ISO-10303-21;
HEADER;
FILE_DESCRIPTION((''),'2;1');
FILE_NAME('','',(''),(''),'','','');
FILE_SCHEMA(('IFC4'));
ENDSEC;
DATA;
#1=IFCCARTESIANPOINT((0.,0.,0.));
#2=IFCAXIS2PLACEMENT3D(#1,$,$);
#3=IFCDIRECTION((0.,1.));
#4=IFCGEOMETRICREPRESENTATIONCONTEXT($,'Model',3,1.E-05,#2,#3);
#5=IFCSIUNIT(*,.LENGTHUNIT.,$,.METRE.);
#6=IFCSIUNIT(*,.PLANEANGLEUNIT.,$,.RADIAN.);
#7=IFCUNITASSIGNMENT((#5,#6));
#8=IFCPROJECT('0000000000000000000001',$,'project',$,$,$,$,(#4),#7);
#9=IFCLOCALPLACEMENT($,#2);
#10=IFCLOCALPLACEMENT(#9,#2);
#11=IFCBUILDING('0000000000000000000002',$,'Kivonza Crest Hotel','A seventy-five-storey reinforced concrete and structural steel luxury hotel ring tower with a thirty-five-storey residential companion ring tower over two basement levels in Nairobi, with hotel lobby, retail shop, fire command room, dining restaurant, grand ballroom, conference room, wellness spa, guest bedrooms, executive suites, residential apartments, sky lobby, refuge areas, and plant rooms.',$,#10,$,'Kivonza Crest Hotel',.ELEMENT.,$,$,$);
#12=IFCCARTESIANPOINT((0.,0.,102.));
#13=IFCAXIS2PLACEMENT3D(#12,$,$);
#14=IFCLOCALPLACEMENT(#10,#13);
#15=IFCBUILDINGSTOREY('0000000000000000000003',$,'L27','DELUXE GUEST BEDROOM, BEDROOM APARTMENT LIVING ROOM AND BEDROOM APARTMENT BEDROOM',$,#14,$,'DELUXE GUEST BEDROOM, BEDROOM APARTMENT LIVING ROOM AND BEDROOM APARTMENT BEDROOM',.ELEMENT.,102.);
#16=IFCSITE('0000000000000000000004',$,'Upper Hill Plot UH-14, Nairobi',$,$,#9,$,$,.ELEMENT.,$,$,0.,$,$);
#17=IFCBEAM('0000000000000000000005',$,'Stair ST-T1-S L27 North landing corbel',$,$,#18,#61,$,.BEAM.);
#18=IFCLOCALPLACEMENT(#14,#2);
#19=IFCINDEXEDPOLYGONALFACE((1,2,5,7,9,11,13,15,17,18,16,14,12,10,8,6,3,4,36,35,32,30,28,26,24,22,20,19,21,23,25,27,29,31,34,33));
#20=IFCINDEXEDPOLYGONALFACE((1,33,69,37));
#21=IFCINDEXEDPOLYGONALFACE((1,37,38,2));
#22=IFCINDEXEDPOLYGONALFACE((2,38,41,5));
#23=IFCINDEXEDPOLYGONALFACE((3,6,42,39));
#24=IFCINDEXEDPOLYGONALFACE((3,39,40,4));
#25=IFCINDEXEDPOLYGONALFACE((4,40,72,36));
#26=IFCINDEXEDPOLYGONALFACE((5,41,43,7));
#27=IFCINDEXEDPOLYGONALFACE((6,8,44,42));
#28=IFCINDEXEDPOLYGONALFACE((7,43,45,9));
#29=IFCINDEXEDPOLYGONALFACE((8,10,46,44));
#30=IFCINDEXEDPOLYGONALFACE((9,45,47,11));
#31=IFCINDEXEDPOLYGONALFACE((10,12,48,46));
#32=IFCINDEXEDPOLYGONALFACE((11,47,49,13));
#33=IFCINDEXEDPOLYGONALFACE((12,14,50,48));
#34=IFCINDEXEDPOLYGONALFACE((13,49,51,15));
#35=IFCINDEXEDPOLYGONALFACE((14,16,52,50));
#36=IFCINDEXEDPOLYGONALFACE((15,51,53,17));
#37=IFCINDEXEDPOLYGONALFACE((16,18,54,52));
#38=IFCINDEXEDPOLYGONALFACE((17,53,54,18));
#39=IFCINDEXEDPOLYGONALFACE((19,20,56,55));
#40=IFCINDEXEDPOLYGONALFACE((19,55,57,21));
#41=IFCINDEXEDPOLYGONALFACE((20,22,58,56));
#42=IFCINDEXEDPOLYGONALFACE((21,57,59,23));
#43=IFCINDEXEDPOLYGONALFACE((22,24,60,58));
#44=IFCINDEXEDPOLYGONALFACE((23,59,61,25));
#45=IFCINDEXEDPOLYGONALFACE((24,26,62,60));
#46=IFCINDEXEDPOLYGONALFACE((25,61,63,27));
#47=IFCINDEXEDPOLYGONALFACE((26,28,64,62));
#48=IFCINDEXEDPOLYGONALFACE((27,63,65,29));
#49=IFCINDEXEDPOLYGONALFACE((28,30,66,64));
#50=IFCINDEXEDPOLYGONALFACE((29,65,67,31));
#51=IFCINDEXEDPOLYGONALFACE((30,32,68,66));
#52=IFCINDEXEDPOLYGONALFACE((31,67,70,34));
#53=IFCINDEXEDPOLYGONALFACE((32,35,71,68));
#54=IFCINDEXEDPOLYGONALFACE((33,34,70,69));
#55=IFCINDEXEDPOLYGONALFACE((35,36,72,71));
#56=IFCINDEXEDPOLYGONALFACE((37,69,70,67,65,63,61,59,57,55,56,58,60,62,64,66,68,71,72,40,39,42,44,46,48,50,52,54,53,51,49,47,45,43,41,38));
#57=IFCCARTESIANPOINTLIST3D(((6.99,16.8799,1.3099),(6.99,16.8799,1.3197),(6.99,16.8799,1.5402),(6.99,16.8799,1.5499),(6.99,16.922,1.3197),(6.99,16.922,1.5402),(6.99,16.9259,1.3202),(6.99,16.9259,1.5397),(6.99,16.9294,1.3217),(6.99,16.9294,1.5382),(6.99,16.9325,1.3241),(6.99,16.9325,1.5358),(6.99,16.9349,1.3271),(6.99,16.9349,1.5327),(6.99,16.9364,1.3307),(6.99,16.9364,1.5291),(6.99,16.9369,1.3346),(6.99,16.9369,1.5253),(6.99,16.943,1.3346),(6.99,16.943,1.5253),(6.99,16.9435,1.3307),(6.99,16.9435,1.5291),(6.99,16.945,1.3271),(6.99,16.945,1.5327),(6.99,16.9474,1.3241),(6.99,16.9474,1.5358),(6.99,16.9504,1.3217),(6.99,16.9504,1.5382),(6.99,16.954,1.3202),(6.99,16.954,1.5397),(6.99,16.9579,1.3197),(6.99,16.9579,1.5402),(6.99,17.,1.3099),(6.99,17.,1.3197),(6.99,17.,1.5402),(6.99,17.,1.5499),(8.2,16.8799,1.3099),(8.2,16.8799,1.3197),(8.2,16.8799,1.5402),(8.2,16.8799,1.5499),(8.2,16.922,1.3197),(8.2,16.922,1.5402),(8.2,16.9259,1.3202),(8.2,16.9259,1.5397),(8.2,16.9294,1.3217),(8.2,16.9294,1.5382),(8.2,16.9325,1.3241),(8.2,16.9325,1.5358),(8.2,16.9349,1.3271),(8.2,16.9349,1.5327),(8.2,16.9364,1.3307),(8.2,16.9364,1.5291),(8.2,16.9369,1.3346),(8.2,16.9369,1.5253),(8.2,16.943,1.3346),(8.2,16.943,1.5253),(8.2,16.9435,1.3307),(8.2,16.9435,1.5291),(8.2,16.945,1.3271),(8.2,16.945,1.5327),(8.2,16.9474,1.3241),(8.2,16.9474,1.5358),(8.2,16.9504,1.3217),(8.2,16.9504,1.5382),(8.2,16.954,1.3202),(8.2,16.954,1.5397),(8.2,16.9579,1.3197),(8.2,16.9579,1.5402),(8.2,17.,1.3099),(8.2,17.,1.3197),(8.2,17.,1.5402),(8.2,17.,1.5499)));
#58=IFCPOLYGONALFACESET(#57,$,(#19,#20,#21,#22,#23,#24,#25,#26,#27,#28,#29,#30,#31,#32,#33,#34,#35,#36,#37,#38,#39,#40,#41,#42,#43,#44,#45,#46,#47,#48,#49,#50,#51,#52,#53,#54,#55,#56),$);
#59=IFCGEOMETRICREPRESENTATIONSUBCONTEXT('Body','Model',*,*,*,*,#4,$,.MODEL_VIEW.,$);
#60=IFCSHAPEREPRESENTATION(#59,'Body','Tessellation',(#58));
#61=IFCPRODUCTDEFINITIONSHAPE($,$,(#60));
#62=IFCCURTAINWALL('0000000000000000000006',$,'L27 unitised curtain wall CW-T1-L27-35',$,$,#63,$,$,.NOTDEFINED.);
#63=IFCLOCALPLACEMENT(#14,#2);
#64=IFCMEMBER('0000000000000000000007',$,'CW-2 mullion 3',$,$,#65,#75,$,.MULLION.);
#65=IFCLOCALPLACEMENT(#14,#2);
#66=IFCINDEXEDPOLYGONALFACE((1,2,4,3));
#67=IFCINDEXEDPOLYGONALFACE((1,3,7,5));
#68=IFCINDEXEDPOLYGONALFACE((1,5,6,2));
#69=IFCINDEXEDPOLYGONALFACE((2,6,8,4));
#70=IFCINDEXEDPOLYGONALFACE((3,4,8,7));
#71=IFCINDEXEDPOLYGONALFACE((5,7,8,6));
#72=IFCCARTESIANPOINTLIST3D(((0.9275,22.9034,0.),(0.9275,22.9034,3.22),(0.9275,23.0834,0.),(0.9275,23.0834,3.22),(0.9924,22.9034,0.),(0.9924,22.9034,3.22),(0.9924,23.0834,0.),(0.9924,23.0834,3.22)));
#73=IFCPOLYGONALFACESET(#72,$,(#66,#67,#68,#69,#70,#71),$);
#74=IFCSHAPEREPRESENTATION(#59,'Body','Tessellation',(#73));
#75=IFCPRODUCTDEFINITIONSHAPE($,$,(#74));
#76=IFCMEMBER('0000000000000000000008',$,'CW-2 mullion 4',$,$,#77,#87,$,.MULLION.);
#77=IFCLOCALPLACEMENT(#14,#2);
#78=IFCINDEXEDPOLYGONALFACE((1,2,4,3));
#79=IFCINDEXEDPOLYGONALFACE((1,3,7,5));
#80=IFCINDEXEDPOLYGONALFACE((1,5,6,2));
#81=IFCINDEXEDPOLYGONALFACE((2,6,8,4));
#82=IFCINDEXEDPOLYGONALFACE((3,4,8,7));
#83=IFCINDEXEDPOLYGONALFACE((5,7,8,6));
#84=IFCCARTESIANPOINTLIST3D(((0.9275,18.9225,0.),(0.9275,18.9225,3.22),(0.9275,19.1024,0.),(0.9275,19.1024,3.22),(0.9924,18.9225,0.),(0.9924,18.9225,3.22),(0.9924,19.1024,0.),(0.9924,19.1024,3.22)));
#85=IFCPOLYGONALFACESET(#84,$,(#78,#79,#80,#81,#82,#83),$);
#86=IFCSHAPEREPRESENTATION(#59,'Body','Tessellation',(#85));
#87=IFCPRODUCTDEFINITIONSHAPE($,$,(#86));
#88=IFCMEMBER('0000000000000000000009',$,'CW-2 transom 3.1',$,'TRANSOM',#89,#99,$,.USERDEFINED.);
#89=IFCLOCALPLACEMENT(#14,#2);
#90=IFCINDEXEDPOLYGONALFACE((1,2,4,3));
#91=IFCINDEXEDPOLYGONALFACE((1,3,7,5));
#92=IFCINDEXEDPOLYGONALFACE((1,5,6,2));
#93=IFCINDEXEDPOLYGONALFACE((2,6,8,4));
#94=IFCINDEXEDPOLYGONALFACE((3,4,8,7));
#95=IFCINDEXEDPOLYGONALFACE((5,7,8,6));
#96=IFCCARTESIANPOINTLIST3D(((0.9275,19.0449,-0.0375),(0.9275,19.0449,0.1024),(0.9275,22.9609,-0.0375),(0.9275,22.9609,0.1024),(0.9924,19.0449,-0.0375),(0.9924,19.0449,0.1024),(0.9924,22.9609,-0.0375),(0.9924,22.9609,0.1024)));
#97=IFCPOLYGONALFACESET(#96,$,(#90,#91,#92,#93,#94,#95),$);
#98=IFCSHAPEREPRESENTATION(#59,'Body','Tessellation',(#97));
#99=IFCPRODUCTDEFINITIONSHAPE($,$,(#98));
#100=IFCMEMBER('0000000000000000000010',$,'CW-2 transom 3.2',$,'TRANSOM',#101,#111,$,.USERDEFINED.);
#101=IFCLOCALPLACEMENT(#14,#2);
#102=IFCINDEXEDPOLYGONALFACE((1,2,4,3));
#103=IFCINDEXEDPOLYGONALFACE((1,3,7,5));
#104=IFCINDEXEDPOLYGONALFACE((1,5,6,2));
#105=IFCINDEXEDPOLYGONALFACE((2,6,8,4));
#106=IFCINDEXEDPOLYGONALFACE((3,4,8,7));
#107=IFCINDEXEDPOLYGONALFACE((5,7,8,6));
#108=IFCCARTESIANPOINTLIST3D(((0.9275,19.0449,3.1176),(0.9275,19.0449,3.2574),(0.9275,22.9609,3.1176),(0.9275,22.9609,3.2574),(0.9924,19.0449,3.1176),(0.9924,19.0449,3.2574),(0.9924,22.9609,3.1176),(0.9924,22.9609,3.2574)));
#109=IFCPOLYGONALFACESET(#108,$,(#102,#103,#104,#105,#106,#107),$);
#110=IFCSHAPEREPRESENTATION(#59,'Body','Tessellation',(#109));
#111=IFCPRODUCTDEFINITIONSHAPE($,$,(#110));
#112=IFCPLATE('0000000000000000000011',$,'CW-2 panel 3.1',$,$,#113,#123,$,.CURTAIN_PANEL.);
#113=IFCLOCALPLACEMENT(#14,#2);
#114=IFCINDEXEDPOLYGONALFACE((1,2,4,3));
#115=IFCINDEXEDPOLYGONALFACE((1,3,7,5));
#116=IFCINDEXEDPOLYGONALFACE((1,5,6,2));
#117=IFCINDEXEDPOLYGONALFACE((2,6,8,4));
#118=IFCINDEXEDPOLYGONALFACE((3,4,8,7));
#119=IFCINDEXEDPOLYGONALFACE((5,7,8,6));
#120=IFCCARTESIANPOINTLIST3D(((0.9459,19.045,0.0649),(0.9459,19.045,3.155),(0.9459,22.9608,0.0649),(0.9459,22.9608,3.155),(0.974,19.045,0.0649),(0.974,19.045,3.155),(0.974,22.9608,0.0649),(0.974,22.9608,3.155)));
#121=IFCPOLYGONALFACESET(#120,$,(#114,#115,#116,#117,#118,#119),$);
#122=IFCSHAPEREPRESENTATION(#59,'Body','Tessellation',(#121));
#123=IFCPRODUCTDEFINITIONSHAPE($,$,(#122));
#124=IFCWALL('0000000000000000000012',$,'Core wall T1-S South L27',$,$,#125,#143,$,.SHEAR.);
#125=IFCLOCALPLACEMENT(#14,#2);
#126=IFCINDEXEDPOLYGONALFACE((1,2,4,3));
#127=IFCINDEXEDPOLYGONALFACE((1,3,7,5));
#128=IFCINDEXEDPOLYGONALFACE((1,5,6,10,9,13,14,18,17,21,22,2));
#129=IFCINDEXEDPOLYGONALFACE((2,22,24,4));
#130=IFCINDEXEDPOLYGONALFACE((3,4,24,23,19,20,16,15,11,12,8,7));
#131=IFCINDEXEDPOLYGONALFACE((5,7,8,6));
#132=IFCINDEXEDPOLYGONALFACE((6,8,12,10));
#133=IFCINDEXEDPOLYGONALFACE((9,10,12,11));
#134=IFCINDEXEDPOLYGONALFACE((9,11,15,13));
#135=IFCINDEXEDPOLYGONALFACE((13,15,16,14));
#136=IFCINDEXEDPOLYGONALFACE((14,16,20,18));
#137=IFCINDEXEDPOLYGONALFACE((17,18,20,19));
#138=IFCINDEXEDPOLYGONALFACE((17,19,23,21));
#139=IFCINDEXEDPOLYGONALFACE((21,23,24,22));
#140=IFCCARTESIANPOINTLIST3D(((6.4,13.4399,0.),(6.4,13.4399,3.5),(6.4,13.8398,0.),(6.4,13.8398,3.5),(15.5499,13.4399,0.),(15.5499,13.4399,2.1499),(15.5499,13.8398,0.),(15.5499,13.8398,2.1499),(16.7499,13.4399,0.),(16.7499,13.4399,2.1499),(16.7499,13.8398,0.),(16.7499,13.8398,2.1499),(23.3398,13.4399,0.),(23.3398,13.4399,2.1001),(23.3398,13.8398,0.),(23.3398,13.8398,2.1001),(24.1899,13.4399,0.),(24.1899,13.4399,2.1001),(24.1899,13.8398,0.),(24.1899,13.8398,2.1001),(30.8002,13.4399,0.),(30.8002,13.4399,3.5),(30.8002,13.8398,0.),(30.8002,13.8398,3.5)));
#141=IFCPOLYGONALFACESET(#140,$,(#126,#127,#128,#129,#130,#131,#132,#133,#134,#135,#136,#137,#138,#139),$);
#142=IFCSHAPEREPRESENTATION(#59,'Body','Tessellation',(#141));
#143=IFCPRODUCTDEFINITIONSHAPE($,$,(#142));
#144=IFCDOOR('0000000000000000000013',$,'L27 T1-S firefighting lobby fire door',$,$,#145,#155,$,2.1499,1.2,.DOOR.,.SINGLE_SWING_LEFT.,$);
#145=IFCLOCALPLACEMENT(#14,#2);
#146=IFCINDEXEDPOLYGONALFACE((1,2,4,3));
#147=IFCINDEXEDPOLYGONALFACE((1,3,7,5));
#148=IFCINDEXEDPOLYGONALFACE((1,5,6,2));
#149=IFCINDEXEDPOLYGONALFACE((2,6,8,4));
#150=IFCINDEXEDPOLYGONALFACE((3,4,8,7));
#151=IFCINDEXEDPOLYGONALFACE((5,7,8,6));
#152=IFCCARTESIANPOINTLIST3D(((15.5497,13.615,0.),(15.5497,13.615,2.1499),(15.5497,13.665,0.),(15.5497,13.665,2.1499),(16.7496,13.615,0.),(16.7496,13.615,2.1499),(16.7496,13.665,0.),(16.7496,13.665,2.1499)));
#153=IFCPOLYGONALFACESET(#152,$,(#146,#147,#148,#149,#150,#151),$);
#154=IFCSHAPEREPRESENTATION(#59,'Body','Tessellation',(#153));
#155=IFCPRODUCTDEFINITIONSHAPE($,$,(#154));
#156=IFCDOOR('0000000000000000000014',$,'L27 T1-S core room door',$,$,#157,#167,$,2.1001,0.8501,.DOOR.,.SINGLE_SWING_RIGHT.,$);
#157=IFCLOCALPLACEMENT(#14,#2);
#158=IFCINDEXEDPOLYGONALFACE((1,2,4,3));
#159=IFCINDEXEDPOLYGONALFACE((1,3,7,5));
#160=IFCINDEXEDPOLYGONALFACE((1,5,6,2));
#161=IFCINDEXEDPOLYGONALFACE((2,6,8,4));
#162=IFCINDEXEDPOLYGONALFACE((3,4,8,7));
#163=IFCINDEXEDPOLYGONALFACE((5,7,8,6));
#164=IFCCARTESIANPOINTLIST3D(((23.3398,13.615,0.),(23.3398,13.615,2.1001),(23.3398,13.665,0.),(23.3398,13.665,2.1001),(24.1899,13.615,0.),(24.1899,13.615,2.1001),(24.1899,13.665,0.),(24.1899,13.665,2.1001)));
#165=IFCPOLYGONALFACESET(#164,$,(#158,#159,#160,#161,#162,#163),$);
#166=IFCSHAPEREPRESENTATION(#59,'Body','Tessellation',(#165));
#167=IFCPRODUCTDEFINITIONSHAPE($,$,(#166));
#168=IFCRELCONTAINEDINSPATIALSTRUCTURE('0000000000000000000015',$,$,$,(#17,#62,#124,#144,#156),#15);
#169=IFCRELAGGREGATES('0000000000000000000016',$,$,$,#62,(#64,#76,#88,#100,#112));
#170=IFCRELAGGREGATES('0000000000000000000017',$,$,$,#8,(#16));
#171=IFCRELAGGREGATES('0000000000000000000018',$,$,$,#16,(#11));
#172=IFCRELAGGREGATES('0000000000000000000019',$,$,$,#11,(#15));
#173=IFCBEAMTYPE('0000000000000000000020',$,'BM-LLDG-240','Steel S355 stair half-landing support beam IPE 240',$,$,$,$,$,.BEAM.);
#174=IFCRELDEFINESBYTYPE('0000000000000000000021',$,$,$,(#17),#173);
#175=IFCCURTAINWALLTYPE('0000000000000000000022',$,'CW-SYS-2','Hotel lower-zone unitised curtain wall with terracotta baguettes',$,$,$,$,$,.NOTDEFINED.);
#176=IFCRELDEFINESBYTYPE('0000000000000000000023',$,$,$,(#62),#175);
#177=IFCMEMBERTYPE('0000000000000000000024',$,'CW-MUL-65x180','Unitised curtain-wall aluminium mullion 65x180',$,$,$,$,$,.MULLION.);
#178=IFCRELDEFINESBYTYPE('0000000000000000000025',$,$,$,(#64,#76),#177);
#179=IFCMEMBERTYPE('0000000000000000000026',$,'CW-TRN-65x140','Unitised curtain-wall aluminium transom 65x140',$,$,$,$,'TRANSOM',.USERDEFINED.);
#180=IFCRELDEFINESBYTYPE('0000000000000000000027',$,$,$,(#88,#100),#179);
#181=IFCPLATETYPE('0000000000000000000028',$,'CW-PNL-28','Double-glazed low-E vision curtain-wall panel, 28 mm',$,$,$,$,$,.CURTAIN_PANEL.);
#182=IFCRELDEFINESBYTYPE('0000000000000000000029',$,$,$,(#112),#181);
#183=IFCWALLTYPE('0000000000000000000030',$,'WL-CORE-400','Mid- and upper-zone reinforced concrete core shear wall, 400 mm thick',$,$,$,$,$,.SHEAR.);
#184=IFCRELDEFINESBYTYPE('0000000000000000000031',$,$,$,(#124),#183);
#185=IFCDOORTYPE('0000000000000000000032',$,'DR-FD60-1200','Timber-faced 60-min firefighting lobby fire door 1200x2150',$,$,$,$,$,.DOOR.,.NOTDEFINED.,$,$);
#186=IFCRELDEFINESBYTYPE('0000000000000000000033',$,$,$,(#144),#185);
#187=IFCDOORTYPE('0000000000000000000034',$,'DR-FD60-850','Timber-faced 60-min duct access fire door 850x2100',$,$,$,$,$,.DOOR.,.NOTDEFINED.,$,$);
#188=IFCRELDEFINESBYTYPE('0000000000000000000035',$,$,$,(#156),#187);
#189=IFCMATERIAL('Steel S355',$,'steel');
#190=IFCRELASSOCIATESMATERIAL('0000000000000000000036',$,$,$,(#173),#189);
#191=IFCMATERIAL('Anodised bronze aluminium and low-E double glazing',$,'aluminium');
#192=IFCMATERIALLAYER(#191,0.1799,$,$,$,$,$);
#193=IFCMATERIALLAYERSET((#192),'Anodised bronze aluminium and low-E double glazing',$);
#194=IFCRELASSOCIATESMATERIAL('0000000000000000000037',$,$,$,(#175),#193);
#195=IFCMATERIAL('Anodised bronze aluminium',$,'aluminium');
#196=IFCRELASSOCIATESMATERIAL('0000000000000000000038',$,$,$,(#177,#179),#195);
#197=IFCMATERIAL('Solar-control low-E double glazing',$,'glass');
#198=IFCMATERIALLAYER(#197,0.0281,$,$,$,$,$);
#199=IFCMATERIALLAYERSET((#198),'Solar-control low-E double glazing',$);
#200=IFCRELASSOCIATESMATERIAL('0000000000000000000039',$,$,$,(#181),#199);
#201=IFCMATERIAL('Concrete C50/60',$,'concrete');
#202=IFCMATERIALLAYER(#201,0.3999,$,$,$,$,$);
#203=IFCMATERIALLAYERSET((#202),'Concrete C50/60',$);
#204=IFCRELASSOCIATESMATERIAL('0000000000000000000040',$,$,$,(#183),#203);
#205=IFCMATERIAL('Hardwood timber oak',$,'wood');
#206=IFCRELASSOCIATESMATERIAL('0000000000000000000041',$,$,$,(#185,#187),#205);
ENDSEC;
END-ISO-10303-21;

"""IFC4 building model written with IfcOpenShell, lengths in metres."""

from ifc_helpers import new_model, si_unit, direction, frame, frame_2d, origin, origin_2d, place, context, subcontext, project, spatial, rectangle, i_section, extrude, material, layer, layer_set, material_profile, profile_set, type_object, element, fill, aggregate, save


model = new_model("IFC4")

# Units and contexts
model_context = context("Model", 3, precision=1e-05, world=origin(), true_north=direction((0.0, 1.0)))
body_context = subcontext(model_context, "Body", "Model", "MODEL_VIEW")
ifc_project = project(units=[si_unit("LENGTHUNIT", "METRE"), si_unit("PLANEANGLEUNIT", "RADIAN")], contexts=[model_context])

# Site, building, storey
site_placement = place(None, origin())
site = spatial("IfcSite", under=ifc_project, at=site_placement, Name="Upper Hill Plot UH-14, Nairobi", CompositionType="ELEMENT", RefElevation=0.0)
building_placement = place(site_placement, origin())
building = spatial("IfcBuilding", under=site, at=building_placement, Name="Kivonza Crest Hotel", Description="A seventy-five-storey reinforced concrete and structural steel luxury hotel ring tower with a thirty-five-storey residential companion ring tower over two basement levels in Nairobi, with hotel lobby, retail shop, fire command room, dining restaurant, grand ballroom, conference room, wellness spa, guest bedrooms, executive suites, residential apartments, sky lobby, refuge areas, and plant rooms.", LongName="Kivonza Crest Hotel", CompositionType="ELEMENT")
storey_placement = place(building_placement, frame((0.0, 0.0, 102.0)))
storey = spatial("IfcBuildingStorey", under=building, at=storey_placement, Name="L27", Description="DELUXE GUEST BEDROOM, BEDROOM APARTMENT LIVING ROOM AND BEDROOM APARTMENT BEDROOM", LongName="DELUXE GUEST BEDROOM, BEDROOM APARTMENT LIVING ROOM AND BEDROOM APARTMENT BEDROOM", CompositionType="ELEMENT", Elevation=102.0)

# Shared definitions
ifc_material_1 = material(Name="Concrete C50/60", Category="concrete")

# Beam
ifc_material_2 = material(Name="Steel S355", Category="steel")
ifc_material_profile_1 = material_profile(ifc_material_2, i_section(OverallWidth=0.1201, OverallDepth=0.24, WebThickness=0.0061, FlangeThickness=0.0098, FilletRadius=0.0149, at=origin_2d()), Name="IPE 240")
ifc_profile_set_1 = profile_set([ifc_material_profile_1], Name="Steel S355")
beam_type_1 = type_object("IfcBeamType", Name="BM-LLDG-240", Description="Steel S355 stair half-landing support beam IPE 240", PredefinedType="BEAM", material=ifc_profile_set_1)
for number, where, z_axis, x_axis, name in (
    (1, (6.99, 16.9399, 1.4299), (1.0, 0.0, 0.0), (0.0, 1.0, 0.0), "Stair ST-T1-S L27 North landing corbel"),
):
    element("IfcBeam", number, at=place(storey_placement, frame(where, z_axis=z_axis, x_axis=x_axis)), inside=storey, type_object=beam_type_1, Name=name, PredefinedType="BEAM", context=body_context, shape_type="SweptSolid", body=[
        extrude(i_section(OverallWidth=0.1201, OverallDepth=0.24, WebThickness=0.0061, FlangeThickness=0.0098, FilletRadius=0.0149, at=origin_2d()), origin(), (0.0, 0.0, 1.0), 1.21),
    ])

# Curtain wall, members, plate
ifc_material_3 = material(Name="Anodised bronze aluminium and low-E double glazing", Category="aluminium")
ifc_layer_1 = layer(ifc_material_3, 0.1799)
ifc_layer_set_1 = layer_set([ifc_layer_1], Name="Anodised bronze aluminium and low-E double glazing")
curtain_wall_type = type_object("IfcCurtainWallType", Name="CW-SYS-2", Description="Hotel lower-zone unitised curtain wall with terracotta baguettes", PredefinedType="NOTDEFINED", material=ifc_layer_set_1)
curtain_wall_placement = place(storey_placement, origin())
curtain_wall = element("IfcCurtainWall", 2, at=curtain_wall_placement, inside=storey, type_object=curtain_wall_type, Name="L27 unitised curtain wall CW-T1-L27-35", PredefinedType="NOTDEFINED")
ifc_material_4 = material(Name="Anodised bronze aluminium", Category="aluminium")
ifc_material_profile_2 = material_profile(ifc_material_4, rectangle(XDim=0.0649, YDim=0.1799, at=origin_2d()), Name="CW-M 65x180")
ifc_profile_set_2 = profile_set([ifc_material_profile_2], Name="Anodised bronze aluminium")
member_type_1 = type_object("IfcMemberType", Name="CW-MUL-65x180", Description="Unitised curtain-wall aluminium mullion 65x180", PredefinedType="MULLION", material=ifc_profile_set_2)
member_1_placement = place(storey_placement, frame((0.96, 22.9934, 0.0), z_axis=(0.0, 0.0, 1.0), x_axis=(1.0, 0.0, 0.0)))
member_1 = element("IfcMember", 3, at=member_1_placement, type_object=member_type_1, Name="CW-2 mullion 3", PredefinedType="MULLION", context=body_context, shape_type="SweptSolid", body=[
    extrude(rectangle(XDim=0.0649, YDim=0.1799, at=origin_2d()), origin(), (0.0, 0.0, 1.0), 3.22),
])
member_2_placement = place(storey_placement, frame((0.96, 19.0125, 0.0), z_axis=(0.0, 0.0, 1.0), x_axis=(1.0, 0.0, 0.0)))
member_2 = element("IfcMember", 4, at=member_2_placement, type_object=member_type_1, Name="CW-2 mullion 4", PredefinedType="MULLION", context=body_context, shape_type="SweptSolid", body=[
    extrude(rectangle(XDim=0.0649, YDim=0.1799, at=origin_2d()), origin(), (0.0, 0.0, 1.0), 3.22),
])
ifc_material_profile_3 = material_profile(ifc_material_4, rectangle(XDim=0.0649, YDim=0.1399, at=origin_2d()), Name="CW-T 65x140")
ifc_profile_set_3 = profile_set([ifc_material_profile_3], Name="Anodised bronze aluminium")
member_type_2 = type_object("IfcMemberType", Name="CW-TRN-65x140", Description="Unitised curtain-wall aluminium transom 65x140", ElementType="TRANSOM", PredefinedType="USERDEFINED", material=ifc_profile_set_3)
member_3_placement = place(storey_placement, frame((0.96, 22.9609, 0.0325), z_axis=(0.0, -1.0, 0.0), x_axis=(1.0, 0.0, 0.0)))
member_3 = element("IfcMember", 5, at=member_3_placement, type_object=member_type_2, Name="CW-2 transom 3.1", ObjectType="TRANSOM", PredefinedType="USERDEFINED", context=body_context, shape_type="SweptSolid", body=[
    extrude(rectangle(XDim=0.0649, YDim=0.1399, at=origin_2d()), origin(), (0.0, 0.0, 1.0), 3.916),
])
member_4_placement = place(storey_placement, frame((0.96, 22.9609, 3.1875), z_axis=(0.0, -1.0, 0.0), x_axis=(1.0, 0.0, 0.0)))
member_4 = element("IfcMember", 6, at=member_4_placement, type_object=member_type_2, Name="CW-2 transom 3.2", ObjectType="TRANSOM", PredefinedType="USERDEFINED", context=body_context, shape_type="SweptSolid", body=[
    extrude(rectangle(XDim=0.0649, YDim=0.1399, at=origin_2d()), origin(), (0.0, 0.0, 1.0), 3.916),
])
ifc_material_5 = material(Name="Solar-control low-E double glazing", Category="glass")
ifc_layer_2 = layer(ifc_material_5, 0.0281)
ifc_layer_set_2 = layer_set([ifc_layer_2], Name="Solar-control low-E double glazing")
plate_type = type_object("IfcPlateType", Name="CW-PNL-28", Description="Double-glazed low-E vision curtain-wall panel, 28 mm", PredefinedType="CURTAIN_PANEL", material=ifc_layer_set_2)
plate_placement = place(storey_placement, frame((0.96, 21.0029, 0.0649), z_axis=(0.0, 0.0, 1.0), x_axis=(0.0, -1.0, 0.0)))
plate = element("IfcPlate", 7, at=plate_placement, type_object=plate_type, Name="CW-2 panel 3.1", PredefinedType="CURTAIN_PANEL", context=body_context, shape_type="SweptSolid", body=[
    extrude(rectangle(XDim=3.9158, YDim=0.0281, at=origin_2d()), origin(), (0.0, 0.0, 1.0), 3.0901),
])
aggregate(curtain_wall, [member_1, member_2, member_3, member_4, plate])

# Wall, openings, doors
ifc_layer_3 = layer(ifc_material_1, 0.3999)
ifc_layer_set_3 = layer_set([ifc_layer_3], Name="Concrete C50/60")
wall_type_1 = type_object("IfcWallType", Name="WL-CORE-400", Description="Mid- and upper-zone reinforced concrete core shear wall, 400 mm thick", PredefinedType="SHEAR", material=ifc_layer_set_3)
wall_1_placement = place(storey_placement, frame((6.3999, 13.6399, 0.0), z_axis=(0.0, 0.0, 1.0), x_axis=(1.0, 0.0, 0.0)))
wall_1 = element("IfcWall", 8, at=wall_1_placement, inside=storey, type_object=wall_type_1, Name="Core wall T1-S South L27", PredefinedType="SHEAR", context=body_context, shape_type="SweptSolid", body=[
    extrude(rectangle(XDim=24.4001, YDim=0.3999, at=frame_2d((12.2002, 0.0))), origin(), (0.0, 0.0, 1.0), 3.5),
])
opening_1_placement = place(wall_1_placement, frame((9.1499, 0.0, 0.0)))
opening_1 = element("IfcOpeningElement", 9, at=opening_1_placement, cuts=wall_1, PredefinedType="OPENING", context=body_context, shape_type="SweptSolid", body=[
    extrude(rectangle(XDim=1.2, YDim=2.1499, at=frame_2d((0.6001, 1.075))), frame((0.0, 0.21, 0.0), z_axis=(0.0, -1.0, 0.0), x_axis=(1.0, 0.0, 0.0)), (0.0, 0.0, 1.0), 0.4199),
])
opening_2_placement = place(wall_1_placement, frame((16.9399, 0.0, 0.0)))
opening_2 = element("IfcOpeningElement", 10, at=opening_2_placement, cuts=wall_1, PredefinedType="OPENING", context=body_context, shape_type="SweptSolid", body=[
    extrude(rectangle(XDim=0.8501, YDim=2.1001, at=frame_2d((0.425, 1.05))), frame((0.0, 0.21, 0.0), z_axis=(0.0, -1.0, 0.0), x_axis=(1.0, 0.0, 0.0)), (0.0, 0.0, 1.0), 0.4199),
])
ifc_material_6 = material(Name="Hardwood timber oak", Category="wood")
door_type_1 = type_object("IfcDoorType", Name="DR-FD60-1200", Description="Timber-faced 60-min firefighting lobby fire door 1200x2150", OperationType="NOTDEFINED", PredefinedType="DOOR", material=ifc_material_6)
door_1_placement = place(opening_1_placement, frame((1.2, 0.0, 0.0), z_axis=(0.0, 0.0, 1.0), x_axis=(-1.0, 0.0, 0.0)))
door_1 = element("IfcDoor", 11, at=door_1_placement, inside=storey, type_object=door_type_1, Name="L27 T1-S firefighting lobby fire door", OperationType="SINGLE_SWING_LEFT", OverallHeight=2.1499, OverallWidth=1.2, PredefinedType="DOOR", context=body_context, shape_type="SweptSolid", body=[
    extrude(rectangle(XDim=1.2, YDim=2.1499, at=frame_2d((0.6001, 1.075))), frame((0.0, 0.0249, 0.0), z_axis=(0.0, -1.0, 0.0), x_axis=(1.0, 0.0, 0.0)), (0.0, 0.0, 1.0), 0.05),
])
fill(opening_1, door_1)
door_type_2 = type_object("IfcDoorType", Name="DR-FD60-850", Description="Timber-faced 60-min duct access fire door 850x2100", OperationType="NOTDEFINED", PredefinedType="DOOR", material=ifc_material_6)
door_2_placement = place(opening_2_placement, frame((0.8501, 0.0, 0.0), z_axis=(0.0, 0.0, 1.0), x_axis=(-1.0, 0.0, 0.0)))
door_2 = element("IfcDoor", 12, at=door_2_placement, inside=storey, type_object=door_type_2, Name="L27 T1-S core room door", OperationType="SINGLE_SWING_RIGHT", OverallHeight=2.1001, OverallWidth=0.8501, PredefinedType="DOOR", context=body_context, shape_type="SweptSolid", body=[
    extrude(rectangle(XDim=0.8501, YDim=2.1001, at=frame_2d((0.425, 1.05))), frame((0.0, 0.0249, 0.0), z_axis=(0.0, -1.0, 0.0), x_axis=(1.0, 0.0, 0.0)), (0.0, 0.0, 1.0), 0.05),
])
fill(opening_2, door_2)

save(model, "model.ifc")
